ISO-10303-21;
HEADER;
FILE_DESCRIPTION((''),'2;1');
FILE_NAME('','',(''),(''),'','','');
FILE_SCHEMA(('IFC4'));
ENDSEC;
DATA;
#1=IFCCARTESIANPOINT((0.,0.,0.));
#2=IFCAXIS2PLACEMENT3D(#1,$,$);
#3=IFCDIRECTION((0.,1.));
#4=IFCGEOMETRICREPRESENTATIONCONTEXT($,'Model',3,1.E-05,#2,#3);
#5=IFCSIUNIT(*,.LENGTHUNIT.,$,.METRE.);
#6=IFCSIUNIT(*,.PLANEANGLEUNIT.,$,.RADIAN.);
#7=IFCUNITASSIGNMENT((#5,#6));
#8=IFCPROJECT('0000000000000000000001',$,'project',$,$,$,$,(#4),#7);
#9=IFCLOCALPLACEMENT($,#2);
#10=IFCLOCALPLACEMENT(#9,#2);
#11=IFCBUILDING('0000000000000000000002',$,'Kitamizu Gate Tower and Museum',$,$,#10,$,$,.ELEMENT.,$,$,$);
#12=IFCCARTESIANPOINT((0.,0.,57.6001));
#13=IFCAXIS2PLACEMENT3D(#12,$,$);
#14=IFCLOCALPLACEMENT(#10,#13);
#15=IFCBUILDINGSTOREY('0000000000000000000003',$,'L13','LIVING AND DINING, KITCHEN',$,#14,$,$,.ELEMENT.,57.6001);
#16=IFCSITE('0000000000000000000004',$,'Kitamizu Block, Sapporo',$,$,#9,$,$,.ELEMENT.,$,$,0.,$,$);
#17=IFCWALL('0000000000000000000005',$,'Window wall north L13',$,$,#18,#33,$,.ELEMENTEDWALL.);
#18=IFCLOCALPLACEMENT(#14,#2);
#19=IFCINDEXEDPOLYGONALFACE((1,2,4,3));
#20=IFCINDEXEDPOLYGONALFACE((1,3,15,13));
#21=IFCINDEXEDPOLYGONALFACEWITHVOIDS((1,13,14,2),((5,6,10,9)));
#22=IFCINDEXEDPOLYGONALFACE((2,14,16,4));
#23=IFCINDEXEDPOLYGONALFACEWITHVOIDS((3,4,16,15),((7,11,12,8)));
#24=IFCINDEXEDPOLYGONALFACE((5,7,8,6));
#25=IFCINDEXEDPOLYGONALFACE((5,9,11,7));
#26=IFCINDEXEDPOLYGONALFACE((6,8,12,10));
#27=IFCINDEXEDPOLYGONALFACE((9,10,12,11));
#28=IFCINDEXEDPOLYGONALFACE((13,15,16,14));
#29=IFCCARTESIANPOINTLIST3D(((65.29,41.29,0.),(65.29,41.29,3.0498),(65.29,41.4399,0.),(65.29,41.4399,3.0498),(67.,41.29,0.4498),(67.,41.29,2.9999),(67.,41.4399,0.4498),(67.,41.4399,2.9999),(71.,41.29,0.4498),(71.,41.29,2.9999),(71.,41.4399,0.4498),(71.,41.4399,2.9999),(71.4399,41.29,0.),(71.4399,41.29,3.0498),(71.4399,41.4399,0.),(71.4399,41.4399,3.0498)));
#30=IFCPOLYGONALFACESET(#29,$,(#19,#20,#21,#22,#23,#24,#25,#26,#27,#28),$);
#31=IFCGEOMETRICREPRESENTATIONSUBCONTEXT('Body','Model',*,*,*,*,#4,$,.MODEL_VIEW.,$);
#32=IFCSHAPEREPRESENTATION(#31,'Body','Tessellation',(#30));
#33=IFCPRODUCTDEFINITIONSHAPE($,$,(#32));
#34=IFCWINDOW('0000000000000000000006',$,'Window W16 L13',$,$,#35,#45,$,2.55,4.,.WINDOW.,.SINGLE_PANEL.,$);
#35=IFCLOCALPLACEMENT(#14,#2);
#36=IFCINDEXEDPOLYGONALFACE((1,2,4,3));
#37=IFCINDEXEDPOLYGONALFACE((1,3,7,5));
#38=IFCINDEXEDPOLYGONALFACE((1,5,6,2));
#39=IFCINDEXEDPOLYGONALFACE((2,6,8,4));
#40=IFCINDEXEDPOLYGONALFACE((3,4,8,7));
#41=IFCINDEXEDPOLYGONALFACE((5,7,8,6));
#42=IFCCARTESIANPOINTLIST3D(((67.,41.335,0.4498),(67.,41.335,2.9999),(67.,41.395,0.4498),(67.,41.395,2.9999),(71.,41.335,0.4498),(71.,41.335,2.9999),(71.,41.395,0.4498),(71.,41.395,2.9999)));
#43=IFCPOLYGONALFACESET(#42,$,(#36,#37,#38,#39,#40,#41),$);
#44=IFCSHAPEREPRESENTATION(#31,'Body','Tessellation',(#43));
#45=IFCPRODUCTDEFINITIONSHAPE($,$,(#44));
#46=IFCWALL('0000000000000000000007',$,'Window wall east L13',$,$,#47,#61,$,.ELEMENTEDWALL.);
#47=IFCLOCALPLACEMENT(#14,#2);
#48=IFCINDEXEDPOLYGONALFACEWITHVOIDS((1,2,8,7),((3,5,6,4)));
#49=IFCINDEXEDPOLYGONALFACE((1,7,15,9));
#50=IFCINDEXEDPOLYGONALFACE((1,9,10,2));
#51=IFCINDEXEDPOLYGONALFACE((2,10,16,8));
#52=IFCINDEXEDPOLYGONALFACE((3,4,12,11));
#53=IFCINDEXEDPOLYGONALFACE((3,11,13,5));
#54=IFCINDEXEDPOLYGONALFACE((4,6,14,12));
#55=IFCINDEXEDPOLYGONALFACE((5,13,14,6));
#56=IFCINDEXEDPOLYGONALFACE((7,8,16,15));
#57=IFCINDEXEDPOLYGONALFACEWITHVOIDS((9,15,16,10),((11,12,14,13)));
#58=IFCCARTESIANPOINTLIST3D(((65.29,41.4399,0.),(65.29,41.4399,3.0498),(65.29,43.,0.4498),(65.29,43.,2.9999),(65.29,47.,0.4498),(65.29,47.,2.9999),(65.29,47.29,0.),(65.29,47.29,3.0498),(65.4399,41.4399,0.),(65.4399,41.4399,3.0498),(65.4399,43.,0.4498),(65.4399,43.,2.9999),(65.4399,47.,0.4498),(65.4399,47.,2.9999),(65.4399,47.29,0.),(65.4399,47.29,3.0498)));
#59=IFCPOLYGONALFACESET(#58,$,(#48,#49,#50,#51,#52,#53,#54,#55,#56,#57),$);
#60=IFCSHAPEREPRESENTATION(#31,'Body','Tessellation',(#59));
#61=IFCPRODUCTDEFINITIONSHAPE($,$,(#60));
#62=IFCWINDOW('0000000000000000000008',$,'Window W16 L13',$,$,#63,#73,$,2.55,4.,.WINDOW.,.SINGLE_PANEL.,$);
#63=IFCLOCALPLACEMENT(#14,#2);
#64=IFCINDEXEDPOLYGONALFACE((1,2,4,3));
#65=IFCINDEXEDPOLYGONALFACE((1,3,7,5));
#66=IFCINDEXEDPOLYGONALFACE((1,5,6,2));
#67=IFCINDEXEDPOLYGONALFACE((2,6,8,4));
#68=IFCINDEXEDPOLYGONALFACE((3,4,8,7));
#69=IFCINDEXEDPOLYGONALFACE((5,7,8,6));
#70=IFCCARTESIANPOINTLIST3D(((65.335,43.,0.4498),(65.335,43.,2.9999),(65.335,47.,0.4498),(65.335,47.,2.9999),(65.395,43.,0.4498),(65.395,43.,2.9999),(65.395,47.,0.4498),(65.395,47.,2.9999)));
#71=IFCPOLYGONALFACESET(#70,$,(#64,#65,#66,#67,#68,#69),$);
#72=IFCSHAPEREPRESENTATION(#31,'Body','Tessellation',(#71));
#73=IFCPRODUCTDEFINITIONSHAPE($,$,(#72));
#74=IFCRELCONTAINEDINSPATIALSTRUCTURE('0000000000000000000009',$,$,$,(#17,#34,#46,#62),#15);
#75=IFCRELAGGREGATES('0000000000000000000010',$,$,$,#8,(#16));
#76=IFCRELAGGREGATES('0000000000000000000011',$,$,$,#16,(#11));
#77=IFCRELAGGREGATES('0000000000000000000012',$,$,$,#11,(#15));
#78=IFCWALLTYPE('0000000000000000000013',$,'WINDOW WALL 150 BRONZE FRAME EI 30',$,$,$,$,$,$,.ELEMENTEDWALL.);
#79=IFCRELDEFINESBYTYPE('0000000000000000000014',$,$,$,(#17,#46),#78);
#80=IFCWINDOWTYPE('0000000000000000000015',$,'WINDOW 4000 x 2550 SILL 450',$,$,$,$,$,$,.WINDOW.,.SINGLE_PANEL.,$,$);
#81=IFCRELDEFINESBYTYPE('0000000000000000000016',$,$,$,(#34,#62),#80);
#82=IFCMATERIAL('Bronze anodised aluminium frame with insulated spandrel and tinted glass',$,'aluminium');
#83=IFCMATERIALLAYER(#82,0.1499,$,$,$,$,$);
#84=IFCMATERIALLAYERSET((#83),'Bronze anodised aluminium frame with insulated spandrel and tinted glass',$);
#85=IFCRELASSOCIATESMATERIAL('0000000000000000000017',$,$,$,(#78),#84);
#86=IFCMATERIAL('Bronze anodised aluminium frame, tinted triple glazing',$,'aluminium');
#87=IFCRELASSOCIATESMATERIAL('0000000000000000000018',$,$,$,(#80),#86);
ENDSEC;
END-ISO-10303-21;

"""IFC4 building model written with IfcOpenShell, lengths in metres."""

from ifc_helpers import new_model, si_unit, direction, frame, frame_2d, origin, place, context, subcontext, project, spatial, rectangle, extrude, material, layer, layer_set, type_object, element, fill, save


model = new_model("IFC4")

# Units and contexts
model_context = context("Model", 3, precision=1e-05, world=origin(), true_north=direction((0.0, 1.0)))
body_context = subcontext(model_context, "Body", "Model", "MODEL_VIEW")
ifc_project = project(units=[si_unit("LENGTHUNIT", "METRE"), si_unit("PLANEANGLEUNIT", "RADIAN")], contexts=[model_context])

# Site, building, storey
site_placement = place(None, origin())
site = spatial("IfcSite", under=ifc_project, at=site_placement, Name="Kitamizu Block, Sapporo", CompositionType="ELEMENT", RefElevation=0.0)
building_placement = place(site_placement, origin())
building = spatial("IfcBuilding", under=site, at=building_placement, Name="Kitamizu Gate Tower and Museum", CompositionType="ELEMENT")
storey_placement = place(building_placement, frame((0.0, 0.0, 57.6001)))
storey = spatial("IfcBuildingStorey", under=building, at=storey_placement, Name="L13", Description="LIVING AND DINING, KITCHEN", CompositionType="ELEMENT", Elevation=57.6001)

# Walls, openings, windows
ifc_material_1 = material(Name="Bronze anodised aluminium frame with insulated spandrel and tinted glass", Category="aluminium")
ifc_layer_1 = layer(ifc_material_1, 0.1499)
ifc_layer_set_1 = layer_set([ifc_layer_1], Name="Bronze anodised aluminium frame with insulated spandrel and tinted glass")
wall_type_1 = type_object("IfcWallType", Name="WINDOW WALL 150 BRONZE FRAME EI 30", PredefinedType="ELEMENTEDWALL", material=ifc_layer_set_1)
wall_1_placement = place(storey_placement, frame((65.29, 41.365, 0.0), z_axis=(0.0, 0.0, 1.0), x_axis=(1.0, 0.0, 0.0)))
wall_1 = element("IfcWall", 1, at=wall_1_placement, inside=storey, type_object=wall_type_1, Name="Window wall north L13", PredefinedType="ELEMENTEDWALL", context=body_context, shape_type="SweptSolid", body=[
    extrude(rectangle(XDim=6.1499, YDim=0.1499, at=frame_2d((3.075, 0.0))), origin(), (0.0, 0.0, 1.0), 3.0498),
])
opening_1_placement = place(wall_1_placement, frame((1.71, 0.0, 0.45)))
opening_1 = element("IfcOpeningElement", 2, at=opening_1_placement, cuts=wall_1, PredefinedType="OPENING", context=body_context, shape_type="SweptSolid", body=[
    extrude(rectangle(XDim=4.0, YDim=2.55, at=frame_2d((2.0, 1.2749))), frame((0.0, 0.085, 0.0), z_axis=(0.0, -1.0, 0.0), x_axis=(1.0, 0.0, 0.0)), (0.0, 0.0, 1.0), 0.1699),
])
ifc_material_2 = material(Name="Bronze anodised aluminium frame, tinted triple glazing", Category="aluminium")
window_type = type_object("IfcWindowType", Name="WINDOW 4000 x 2550 SILL 450", PartitioningType="SINGLE_PANEL", PredefinedType="WINDOW", material=ifc_material_2)
window_1_placement = place(opening_1_placement, origin())
window_1 = element("IfcWindow", 3, at=window_1_placement, inside=storey, type_object=window_type, Name="Window W16 L13", OverallHeight=2.55, OverallWidth=4.0, PartitioningType="SINGLE_PANEL", PredefinedType="WINDOW", context=body_context, shape_type="SweptSolid", body=[
    extrude(rectangle(XDim=4.0, YDim=2.55, at=frame_2d((2.0, 1.2749))), frame((0.0, 0.03, 0.0), z_axis=(0.0, -1.0, 0.0), x_axis=(1.0, 0.0, 0.0)), (0.0, 0.0, 1.0), 0.0601),
])
fill(opening_1, window_1)
wall_2_placement = place(storey_placement, frame((65.365, 41.4399, 0.0), z_axis=(0.0, 0.0, 1.0), x_axis=(0.0, 1.0, 0.0)))
wall_2 = element("IfcWall", 4, at=wall_2_placement, inside=storey, type_object=wall_type_1, Name="Window wall east L13", PredefinedType="ELEMENTEDWALL", context=body_context, shape_type="SweptSolid", body=[
    extrude(rectangle(XDim=5.8501, YDim=0.1499, at=frame_2d((2.925, 0.0))), origin(), (0.0, 0.0, 1.0), 3.0498),
])
opening_2_placement = place(wall_2_placement, frame((1.5601, 0.0, 0.45)))
opening_2 = element("IfcOpeningElement", 5, at=opening_2_placement, cuts=wall_2, PredefinedType="OPENING", context=body_context, shape_type="SweptSolid", body=[
    extrude(rectangle(XDim=4.0, YDim=2.55, at=frame_2d((2.0, 1.2749))), frame((0.0, 0.085, 0.0), z_axis=(0.0, -1.0, 0.0), x_axis=(1.0, 0.0, 0.0)), (0.0, 0.0, 1.0), 0.1699),
])
window_2_placement = place(opening_2_placement, origin())
window_2 = element("IfcWindow", 6, at=window_2_placement, inside=storey, type_object=window_type, Name="Window W16 L13", OverallHeight=2.55, OverallWidth=4.0, PartitioningType="SINGLE_PANEL", PredefinedType="WINDOW", context=body_context, shape_type="SweptSolid", body=[
    extrude(rectangle(XDim=4.0, YDim=2.55, at=frame_2d((2.0, 1.2749))), frame((0.0, 0.03, 0.0), z_axis=(0.0, -1.0, 0.0), x_axis=(1.0, 0.0, 0.0)), (0.0, 0.0, 1.0), 0.0601),
])
fill(opening_2, window_2)

save(model, "model.ifc")
